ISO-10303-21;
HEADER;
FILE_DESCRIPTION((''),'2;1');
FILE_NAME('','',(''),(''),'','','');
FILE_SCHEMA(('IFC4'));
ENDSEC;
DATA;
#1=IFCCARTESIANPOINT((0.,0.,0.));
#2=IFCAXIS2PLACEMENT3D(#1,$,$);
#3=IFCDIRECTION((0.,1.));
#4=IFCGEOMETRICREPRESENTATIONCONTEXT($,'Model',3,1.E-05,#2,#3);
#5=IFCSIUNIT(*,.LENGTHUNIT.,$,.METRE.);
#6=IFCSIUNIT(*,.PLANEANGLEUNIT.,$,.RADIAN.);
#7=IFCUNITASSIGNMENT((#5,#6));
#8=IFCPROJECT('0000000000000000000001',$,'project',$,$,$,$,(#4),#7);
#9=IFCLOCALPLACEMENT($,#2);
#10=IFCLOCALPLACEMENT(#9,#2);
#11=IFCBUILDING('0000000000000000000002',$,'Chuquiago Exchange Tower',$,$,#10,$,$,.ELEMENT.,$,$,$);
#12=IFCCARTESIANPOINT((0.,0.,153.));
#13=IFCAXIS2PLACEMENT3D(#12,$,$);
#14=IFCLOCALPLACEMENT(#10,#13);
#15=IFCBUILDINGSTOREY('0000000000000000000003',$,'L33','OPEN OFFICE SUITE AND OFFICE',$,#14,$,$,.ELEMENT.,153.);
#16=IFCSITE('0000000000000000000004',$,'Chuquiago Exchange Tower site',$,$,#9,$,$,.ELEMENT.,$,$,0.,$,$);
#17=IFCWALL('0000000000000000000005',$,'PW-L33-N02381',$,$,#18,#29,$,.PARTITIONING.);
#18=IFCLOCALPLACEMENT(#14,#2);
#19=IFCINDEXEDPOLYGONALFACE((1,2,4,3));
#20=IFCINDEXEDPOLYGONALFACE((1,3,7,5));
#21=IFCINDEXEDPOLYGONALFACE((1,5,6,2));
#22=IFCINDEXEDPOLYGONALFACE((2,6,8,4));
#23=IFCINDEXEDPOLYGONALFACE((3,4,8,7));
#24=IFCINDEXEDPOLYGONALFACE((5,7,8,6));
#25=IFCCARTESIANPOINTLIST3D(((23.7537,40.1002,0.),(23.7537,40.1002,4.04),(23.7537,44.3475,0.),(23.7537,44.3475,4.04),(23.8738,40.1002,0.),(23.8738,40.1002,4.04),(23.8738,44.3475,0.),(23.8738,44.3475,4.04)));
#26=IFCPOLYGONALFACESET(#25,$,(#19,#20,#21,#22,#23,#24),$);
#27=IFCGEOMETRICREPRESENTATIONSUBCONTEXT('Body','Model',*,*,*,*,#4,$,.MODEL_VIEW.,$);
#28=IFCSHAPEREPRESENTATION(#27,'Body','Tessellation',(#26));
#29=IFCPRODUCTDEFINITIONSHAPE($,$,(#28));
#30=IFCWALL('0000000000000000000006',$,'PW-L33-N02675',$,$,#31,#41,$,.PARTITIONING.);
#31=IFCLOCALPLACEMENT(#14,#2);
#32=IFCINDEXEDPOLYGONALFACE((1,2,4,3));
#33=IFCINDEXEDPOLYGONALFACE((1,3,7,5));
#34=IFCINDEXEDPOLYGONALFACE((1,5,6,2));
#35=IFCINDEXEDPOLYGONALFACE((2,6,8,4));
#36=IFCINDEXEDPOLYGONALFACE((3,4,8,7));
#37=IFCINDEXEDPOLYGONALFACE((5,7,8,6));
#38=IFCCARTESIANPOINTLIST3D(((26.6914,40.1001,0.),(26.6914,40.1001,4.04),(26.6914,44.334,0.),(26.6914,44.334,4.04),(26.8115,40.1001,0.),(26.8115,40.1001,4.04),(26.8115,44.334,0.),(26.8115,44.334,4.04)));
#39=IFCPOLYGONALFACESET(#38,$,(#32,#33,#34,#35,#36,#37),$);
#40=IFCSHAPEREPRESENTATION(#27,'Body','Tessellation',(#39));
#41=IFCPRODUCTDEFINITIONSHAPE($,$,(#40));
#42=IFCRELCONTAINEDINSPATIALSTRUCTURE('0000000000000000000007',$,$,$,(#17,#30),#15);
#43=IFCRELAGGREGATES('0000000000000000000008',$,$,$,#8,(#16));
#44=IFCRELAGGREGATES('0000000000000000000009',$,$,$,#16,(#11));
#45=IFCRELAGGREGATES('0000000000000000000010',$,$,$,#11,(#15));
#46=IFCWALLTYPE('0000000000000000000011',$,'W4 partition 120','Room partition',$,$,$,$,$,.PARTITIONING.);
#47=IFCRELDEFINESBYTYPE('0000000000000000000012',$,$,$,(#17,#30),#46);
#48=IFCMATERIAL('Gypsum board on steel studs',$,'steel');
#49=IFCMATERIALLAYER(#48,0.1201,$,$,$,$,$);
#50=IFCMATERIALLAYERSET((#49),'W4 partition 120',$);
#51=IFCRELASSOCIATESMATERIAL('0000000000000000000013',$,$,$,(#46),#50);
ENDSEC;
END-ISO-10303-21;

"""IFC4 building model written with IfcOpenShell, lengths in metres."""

from ifc_helpers import new_model, si_unit, direction, frame, frame_2d, origin, place, context, subcontext, project, spatial, rectangle, extrude, material, layer, layer_set, type_object, element, save


model = new_model("IFC4")

# Units and contexts
model_context = context("Model", 3, precision=1e-05, world=origin(), true_north=direction((0.0, 1.0)))
body_context = subcontext(model_context, "Body", "Model", "MODEL_VIEW")
ifc_project = project(units=[si_unit("LENGTHUNIT", "METRE"), si_unit("PLANEANGLEUNIT", "RADIAN")], contexts=[model_context])

# Site, building, storey
site_placement = place(None, origin())
site = spatial("IfcSite", under=ifc_project, at=site_placement, Name="Chuquiago Exchange Tower site", CompositionType="ELEMENT", RefElevation=0.0)
building_placement = place(site_placement, origin())
building = spatial("IfcBuilding", under=site, at=building_placement, Name="Chuquiago Exchange Tower", CompositionType="ELEMENT")
storey_placement = place(building_placement, frame((0.0, 0.0, 153.0)))
storey = spatial("IfcBuildingStorey", under=building, at=storey_placement, Name="L33", Description="OPEN OFFICE SUITE AND OFFICE", CompositionType="ELEMENT", Elevation=153.0)

# Walls
ifc_material_1 = material(Name="Gypsum board on steel studs", Category="steel")
ifc_layer_1 = layer(ifc_material_1, 0.1201)
ifc_layer_set_1 = layer_set([ifc_layer_1], Name="W4 partition 120")
wall_type_1 = type_object("IfcWallType", Name="W4 partition 120", Description="Room partition", PredefinedType="PARTITIONING", material=ifc_layer_set_1)
wall_1_placement = place(storey_placement, frame((23.8137, 44.3474, 0.0), z_axis=(0.0, 0.0, 1.0), x_axis=(0.0, -1.0, 0.0)))
element("IfcWall", 1, at=wall_1_placement, inside=storey, type_object=wall_type_1, Name="PW-L33-N02381", PredefinedType="PARTITIONING", context=body_context, shape_type="SweptSolid", body=[
    extrude(rectangle(XDim=4.2473, YDim=0.1201, at=frame_2d((2.1235, 0.0))), origin(), (0.0, 0.0, 1.0), 4.04),
])
wall_2_placement = place(storey_placement, frame((26.7515, 44.334, 0.0), z_axis=(0.0, 0.0, 1.0), x_axis=(0.0, -1.0, 0.0)))
element("IfcWall", 2, at=wall_2_placement, inside=storey, type_object=wall_type_1, Name="PW-L33-N02675", PredefinedType="PARTITIONING", context=body_context, shape_type="SweptSolid", body=[
    extrude(rectangle(XDim=4.2339, YDim=0.1201, at=frame_2d((2.1169, 0.0))), origin(), (0.0, 0.0, 1.0), 4.04),
])

save(model, "model.ifc")
